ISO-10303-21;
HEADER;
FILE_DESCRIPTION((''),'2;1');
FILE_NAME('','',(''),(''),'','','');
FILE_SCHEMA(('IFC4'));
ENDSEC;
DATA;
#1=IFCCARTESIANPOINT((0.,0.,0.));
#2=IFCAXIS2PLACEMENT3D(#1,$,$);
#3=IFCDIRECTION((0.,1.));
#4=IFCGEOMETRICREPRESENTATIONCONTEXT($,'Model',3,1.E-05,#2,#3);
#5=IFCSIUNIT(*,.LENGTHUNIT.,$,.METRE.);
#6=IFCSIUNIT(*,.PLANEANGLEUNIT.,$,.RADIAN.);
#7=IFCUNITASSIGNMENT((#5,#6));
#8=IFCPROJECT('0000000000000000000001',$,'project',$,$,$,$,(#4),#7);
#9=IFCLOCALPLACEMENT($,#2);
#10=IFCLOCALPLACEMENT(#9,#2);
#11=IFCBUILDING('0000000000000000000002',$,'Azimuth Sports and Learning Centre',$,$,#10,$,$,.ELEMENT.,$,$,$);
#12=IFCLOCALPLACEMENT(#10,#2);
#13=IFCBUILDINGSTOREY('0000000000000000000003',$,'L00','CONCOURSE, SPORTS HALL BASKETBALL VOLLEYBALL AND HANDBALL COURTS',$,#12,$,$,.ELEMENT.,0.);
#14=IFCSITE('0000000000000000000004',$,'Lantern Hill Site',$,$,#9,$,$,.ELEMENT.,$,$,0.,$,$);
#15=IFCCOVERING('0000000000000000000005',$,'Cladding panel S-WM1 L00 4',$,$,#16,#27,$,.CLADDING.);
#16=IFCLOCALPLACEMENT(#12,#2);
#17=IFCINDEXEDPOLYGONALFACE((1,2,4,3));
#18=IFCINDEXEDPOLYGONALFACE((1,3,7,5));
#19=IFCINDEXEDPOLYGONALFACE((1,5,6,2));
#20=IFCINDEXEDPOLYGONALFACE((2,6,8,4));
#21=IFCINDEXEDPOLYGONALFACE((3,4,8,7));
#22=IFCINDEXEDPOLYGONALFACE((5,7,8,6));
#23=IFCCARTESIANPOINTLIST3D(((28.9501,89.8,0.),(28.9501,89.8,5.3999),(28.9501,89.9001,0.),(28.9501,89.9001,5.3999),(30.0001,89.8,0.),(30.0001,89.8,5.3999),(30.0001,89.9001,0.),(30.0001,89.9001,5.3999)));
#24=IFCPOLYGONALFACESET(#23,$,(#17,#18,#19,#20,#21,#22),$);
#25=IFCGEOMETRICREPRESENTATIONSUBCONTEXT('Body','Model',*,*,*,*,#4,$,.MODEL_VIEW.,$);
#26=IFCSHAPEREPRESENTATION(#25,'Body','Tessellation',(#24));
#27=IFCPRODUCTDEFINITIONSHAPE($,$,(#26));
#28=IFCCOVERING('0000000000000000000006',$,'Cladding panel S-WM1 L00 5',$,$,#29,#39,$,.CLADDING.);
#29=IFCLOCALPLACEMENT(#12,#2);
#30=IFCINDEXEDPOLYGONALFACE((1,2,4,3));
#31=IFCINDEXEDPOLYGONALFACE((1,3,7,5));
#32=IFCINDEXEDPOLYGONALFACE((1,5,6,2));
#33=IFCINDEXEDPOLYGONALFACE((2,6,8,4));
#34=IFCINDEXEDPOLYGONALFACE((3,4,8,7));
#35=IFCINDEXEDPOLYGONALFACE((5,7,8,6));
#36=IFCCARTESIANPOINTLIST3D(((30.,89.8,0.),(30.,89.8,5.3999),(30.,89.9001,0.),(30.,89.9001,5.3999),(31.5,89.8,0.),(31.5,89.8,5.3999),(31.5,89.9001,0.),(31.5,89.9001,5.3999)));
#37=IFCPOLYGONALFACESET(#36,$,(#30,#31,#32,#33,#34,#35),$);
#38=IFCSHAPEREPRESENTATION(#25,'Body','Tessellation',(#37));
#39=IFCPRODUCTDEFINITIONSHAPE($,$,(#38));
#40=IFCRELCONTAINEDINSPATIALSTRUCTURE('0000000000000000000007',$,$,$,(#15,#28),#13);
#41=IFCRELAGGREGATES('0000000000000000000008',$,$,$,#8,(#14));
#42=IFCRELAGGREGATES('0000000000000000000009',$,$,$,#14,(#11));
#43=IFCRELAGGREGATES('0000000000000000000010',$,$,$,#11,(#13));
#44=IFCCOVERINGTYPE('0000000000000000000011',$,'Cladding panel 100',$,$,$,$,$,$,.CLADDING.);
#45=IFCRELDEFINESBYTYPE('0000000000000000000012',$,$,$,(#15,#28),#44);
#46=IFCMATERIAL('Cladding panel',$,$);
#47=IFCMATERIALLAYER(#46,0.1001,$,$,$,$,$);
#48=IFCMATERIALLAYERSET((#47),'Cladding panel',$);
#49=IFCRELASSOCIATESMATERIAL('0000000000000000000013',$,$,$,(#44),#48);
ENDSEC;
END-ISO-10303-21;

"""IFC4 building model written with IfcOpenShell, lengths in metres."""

from ifc_helpers import new_model, si_unit, direction, frame, origin, origin_2d, place, context, subcontext, project, spatial, rectangle, extrude, material, layer, layer_set, type_object, element, save


model = new_model("IFC4")

# Units and contexts
model_context = context("Model", 3, precision=1e-05, world=origin(), true_north=direction((0.0, 1.0)))
body_context = subcontext(model_context, "Body", "Model", "MODEL_VIEW")
ifc_project = project(units=[si_unit("LENGTHUNIT", "METRE"), si_unit("PLANEANGLEUNIT", "RADIAN")], contexts=[model_context])

# Site, building, storey
site_placement = place(None, origin())
site = spatial("IfcSite", under=ifc_project, at=site_placement, Name="Lantern Hill Site", CompositionType="ELEMENT", RefElevation=0.0)
building_placement = place(site_placement, origin())
building = spatial("IfcBuilding", under=site, at=building_placement, Name="Azimuth Sports and Learning Centre", CompositionType="ELEMENT")
storey_placement = place(building_placement, origin())
storey = spatial("IfcBuildingStorey", under=building, at=storey_placement, Name="L00", Description="CONCOURSE, SPORTS HALL BASKETBALL VOLLEYBALL AND HANDBALL COURTS", CompositionType="ELEMENT", Elevation=0.0)

# Coverings
ifc_material_1 = material(Name="Cladding panel")
ifc_layer_1 = layer(ifc_material_1, 0.1001)
ifc_layer_set_1 = layer_set([ifc_layer_1], Name="Cladding panel")
covering_type = type_object("IfcCoveringType", Name="Cladding panel 100", PredefinedType="CLADDING", material=ifc_layer_set_1)
covering_1_placement = place(storey_placement, frame((29.4751, 89.8501, 0.0), z_axis=(0.0, 0.0, 1.0), x_axis=(1.0, 0.0, 0.0)))
element("IfcCovering", 1, at=covering_1_placement, inside=storey, type_object=covering_type, Name="Cladding panel S-WM1 L00 4", PredefinedType="CLADDING", context=body_context, shape_type="SweptSolid", body=[
    extrude(rectangle(XDim=1.05, YDim=0.1001, at=origin_2d()), origin(), (0.0, 0.0, 1.0), 5.3999),
])
covering_2_placement = place(storey_placement, frame((30.75, 89.8501, 0.0), z_axis=(0.0, 0.0, 1.0), x_axis=(1.0, 0.0, 0.0)))
element("IfcCovering", 2, at=covering_2_placement, inside=storey, type_object=covering_type, Name="Cladding panel S-WM1 L00 5", PredefinedType="CLADDING", context=body_context, shape_type="SweptSolid", body=[
    extrude(rectangle(XDim=1.5, YDim=0.1001, at=origin_2d()), origin(), (0.0, 0.0, 1.0), 5.3999),
])

save(model, "model.ifc")
